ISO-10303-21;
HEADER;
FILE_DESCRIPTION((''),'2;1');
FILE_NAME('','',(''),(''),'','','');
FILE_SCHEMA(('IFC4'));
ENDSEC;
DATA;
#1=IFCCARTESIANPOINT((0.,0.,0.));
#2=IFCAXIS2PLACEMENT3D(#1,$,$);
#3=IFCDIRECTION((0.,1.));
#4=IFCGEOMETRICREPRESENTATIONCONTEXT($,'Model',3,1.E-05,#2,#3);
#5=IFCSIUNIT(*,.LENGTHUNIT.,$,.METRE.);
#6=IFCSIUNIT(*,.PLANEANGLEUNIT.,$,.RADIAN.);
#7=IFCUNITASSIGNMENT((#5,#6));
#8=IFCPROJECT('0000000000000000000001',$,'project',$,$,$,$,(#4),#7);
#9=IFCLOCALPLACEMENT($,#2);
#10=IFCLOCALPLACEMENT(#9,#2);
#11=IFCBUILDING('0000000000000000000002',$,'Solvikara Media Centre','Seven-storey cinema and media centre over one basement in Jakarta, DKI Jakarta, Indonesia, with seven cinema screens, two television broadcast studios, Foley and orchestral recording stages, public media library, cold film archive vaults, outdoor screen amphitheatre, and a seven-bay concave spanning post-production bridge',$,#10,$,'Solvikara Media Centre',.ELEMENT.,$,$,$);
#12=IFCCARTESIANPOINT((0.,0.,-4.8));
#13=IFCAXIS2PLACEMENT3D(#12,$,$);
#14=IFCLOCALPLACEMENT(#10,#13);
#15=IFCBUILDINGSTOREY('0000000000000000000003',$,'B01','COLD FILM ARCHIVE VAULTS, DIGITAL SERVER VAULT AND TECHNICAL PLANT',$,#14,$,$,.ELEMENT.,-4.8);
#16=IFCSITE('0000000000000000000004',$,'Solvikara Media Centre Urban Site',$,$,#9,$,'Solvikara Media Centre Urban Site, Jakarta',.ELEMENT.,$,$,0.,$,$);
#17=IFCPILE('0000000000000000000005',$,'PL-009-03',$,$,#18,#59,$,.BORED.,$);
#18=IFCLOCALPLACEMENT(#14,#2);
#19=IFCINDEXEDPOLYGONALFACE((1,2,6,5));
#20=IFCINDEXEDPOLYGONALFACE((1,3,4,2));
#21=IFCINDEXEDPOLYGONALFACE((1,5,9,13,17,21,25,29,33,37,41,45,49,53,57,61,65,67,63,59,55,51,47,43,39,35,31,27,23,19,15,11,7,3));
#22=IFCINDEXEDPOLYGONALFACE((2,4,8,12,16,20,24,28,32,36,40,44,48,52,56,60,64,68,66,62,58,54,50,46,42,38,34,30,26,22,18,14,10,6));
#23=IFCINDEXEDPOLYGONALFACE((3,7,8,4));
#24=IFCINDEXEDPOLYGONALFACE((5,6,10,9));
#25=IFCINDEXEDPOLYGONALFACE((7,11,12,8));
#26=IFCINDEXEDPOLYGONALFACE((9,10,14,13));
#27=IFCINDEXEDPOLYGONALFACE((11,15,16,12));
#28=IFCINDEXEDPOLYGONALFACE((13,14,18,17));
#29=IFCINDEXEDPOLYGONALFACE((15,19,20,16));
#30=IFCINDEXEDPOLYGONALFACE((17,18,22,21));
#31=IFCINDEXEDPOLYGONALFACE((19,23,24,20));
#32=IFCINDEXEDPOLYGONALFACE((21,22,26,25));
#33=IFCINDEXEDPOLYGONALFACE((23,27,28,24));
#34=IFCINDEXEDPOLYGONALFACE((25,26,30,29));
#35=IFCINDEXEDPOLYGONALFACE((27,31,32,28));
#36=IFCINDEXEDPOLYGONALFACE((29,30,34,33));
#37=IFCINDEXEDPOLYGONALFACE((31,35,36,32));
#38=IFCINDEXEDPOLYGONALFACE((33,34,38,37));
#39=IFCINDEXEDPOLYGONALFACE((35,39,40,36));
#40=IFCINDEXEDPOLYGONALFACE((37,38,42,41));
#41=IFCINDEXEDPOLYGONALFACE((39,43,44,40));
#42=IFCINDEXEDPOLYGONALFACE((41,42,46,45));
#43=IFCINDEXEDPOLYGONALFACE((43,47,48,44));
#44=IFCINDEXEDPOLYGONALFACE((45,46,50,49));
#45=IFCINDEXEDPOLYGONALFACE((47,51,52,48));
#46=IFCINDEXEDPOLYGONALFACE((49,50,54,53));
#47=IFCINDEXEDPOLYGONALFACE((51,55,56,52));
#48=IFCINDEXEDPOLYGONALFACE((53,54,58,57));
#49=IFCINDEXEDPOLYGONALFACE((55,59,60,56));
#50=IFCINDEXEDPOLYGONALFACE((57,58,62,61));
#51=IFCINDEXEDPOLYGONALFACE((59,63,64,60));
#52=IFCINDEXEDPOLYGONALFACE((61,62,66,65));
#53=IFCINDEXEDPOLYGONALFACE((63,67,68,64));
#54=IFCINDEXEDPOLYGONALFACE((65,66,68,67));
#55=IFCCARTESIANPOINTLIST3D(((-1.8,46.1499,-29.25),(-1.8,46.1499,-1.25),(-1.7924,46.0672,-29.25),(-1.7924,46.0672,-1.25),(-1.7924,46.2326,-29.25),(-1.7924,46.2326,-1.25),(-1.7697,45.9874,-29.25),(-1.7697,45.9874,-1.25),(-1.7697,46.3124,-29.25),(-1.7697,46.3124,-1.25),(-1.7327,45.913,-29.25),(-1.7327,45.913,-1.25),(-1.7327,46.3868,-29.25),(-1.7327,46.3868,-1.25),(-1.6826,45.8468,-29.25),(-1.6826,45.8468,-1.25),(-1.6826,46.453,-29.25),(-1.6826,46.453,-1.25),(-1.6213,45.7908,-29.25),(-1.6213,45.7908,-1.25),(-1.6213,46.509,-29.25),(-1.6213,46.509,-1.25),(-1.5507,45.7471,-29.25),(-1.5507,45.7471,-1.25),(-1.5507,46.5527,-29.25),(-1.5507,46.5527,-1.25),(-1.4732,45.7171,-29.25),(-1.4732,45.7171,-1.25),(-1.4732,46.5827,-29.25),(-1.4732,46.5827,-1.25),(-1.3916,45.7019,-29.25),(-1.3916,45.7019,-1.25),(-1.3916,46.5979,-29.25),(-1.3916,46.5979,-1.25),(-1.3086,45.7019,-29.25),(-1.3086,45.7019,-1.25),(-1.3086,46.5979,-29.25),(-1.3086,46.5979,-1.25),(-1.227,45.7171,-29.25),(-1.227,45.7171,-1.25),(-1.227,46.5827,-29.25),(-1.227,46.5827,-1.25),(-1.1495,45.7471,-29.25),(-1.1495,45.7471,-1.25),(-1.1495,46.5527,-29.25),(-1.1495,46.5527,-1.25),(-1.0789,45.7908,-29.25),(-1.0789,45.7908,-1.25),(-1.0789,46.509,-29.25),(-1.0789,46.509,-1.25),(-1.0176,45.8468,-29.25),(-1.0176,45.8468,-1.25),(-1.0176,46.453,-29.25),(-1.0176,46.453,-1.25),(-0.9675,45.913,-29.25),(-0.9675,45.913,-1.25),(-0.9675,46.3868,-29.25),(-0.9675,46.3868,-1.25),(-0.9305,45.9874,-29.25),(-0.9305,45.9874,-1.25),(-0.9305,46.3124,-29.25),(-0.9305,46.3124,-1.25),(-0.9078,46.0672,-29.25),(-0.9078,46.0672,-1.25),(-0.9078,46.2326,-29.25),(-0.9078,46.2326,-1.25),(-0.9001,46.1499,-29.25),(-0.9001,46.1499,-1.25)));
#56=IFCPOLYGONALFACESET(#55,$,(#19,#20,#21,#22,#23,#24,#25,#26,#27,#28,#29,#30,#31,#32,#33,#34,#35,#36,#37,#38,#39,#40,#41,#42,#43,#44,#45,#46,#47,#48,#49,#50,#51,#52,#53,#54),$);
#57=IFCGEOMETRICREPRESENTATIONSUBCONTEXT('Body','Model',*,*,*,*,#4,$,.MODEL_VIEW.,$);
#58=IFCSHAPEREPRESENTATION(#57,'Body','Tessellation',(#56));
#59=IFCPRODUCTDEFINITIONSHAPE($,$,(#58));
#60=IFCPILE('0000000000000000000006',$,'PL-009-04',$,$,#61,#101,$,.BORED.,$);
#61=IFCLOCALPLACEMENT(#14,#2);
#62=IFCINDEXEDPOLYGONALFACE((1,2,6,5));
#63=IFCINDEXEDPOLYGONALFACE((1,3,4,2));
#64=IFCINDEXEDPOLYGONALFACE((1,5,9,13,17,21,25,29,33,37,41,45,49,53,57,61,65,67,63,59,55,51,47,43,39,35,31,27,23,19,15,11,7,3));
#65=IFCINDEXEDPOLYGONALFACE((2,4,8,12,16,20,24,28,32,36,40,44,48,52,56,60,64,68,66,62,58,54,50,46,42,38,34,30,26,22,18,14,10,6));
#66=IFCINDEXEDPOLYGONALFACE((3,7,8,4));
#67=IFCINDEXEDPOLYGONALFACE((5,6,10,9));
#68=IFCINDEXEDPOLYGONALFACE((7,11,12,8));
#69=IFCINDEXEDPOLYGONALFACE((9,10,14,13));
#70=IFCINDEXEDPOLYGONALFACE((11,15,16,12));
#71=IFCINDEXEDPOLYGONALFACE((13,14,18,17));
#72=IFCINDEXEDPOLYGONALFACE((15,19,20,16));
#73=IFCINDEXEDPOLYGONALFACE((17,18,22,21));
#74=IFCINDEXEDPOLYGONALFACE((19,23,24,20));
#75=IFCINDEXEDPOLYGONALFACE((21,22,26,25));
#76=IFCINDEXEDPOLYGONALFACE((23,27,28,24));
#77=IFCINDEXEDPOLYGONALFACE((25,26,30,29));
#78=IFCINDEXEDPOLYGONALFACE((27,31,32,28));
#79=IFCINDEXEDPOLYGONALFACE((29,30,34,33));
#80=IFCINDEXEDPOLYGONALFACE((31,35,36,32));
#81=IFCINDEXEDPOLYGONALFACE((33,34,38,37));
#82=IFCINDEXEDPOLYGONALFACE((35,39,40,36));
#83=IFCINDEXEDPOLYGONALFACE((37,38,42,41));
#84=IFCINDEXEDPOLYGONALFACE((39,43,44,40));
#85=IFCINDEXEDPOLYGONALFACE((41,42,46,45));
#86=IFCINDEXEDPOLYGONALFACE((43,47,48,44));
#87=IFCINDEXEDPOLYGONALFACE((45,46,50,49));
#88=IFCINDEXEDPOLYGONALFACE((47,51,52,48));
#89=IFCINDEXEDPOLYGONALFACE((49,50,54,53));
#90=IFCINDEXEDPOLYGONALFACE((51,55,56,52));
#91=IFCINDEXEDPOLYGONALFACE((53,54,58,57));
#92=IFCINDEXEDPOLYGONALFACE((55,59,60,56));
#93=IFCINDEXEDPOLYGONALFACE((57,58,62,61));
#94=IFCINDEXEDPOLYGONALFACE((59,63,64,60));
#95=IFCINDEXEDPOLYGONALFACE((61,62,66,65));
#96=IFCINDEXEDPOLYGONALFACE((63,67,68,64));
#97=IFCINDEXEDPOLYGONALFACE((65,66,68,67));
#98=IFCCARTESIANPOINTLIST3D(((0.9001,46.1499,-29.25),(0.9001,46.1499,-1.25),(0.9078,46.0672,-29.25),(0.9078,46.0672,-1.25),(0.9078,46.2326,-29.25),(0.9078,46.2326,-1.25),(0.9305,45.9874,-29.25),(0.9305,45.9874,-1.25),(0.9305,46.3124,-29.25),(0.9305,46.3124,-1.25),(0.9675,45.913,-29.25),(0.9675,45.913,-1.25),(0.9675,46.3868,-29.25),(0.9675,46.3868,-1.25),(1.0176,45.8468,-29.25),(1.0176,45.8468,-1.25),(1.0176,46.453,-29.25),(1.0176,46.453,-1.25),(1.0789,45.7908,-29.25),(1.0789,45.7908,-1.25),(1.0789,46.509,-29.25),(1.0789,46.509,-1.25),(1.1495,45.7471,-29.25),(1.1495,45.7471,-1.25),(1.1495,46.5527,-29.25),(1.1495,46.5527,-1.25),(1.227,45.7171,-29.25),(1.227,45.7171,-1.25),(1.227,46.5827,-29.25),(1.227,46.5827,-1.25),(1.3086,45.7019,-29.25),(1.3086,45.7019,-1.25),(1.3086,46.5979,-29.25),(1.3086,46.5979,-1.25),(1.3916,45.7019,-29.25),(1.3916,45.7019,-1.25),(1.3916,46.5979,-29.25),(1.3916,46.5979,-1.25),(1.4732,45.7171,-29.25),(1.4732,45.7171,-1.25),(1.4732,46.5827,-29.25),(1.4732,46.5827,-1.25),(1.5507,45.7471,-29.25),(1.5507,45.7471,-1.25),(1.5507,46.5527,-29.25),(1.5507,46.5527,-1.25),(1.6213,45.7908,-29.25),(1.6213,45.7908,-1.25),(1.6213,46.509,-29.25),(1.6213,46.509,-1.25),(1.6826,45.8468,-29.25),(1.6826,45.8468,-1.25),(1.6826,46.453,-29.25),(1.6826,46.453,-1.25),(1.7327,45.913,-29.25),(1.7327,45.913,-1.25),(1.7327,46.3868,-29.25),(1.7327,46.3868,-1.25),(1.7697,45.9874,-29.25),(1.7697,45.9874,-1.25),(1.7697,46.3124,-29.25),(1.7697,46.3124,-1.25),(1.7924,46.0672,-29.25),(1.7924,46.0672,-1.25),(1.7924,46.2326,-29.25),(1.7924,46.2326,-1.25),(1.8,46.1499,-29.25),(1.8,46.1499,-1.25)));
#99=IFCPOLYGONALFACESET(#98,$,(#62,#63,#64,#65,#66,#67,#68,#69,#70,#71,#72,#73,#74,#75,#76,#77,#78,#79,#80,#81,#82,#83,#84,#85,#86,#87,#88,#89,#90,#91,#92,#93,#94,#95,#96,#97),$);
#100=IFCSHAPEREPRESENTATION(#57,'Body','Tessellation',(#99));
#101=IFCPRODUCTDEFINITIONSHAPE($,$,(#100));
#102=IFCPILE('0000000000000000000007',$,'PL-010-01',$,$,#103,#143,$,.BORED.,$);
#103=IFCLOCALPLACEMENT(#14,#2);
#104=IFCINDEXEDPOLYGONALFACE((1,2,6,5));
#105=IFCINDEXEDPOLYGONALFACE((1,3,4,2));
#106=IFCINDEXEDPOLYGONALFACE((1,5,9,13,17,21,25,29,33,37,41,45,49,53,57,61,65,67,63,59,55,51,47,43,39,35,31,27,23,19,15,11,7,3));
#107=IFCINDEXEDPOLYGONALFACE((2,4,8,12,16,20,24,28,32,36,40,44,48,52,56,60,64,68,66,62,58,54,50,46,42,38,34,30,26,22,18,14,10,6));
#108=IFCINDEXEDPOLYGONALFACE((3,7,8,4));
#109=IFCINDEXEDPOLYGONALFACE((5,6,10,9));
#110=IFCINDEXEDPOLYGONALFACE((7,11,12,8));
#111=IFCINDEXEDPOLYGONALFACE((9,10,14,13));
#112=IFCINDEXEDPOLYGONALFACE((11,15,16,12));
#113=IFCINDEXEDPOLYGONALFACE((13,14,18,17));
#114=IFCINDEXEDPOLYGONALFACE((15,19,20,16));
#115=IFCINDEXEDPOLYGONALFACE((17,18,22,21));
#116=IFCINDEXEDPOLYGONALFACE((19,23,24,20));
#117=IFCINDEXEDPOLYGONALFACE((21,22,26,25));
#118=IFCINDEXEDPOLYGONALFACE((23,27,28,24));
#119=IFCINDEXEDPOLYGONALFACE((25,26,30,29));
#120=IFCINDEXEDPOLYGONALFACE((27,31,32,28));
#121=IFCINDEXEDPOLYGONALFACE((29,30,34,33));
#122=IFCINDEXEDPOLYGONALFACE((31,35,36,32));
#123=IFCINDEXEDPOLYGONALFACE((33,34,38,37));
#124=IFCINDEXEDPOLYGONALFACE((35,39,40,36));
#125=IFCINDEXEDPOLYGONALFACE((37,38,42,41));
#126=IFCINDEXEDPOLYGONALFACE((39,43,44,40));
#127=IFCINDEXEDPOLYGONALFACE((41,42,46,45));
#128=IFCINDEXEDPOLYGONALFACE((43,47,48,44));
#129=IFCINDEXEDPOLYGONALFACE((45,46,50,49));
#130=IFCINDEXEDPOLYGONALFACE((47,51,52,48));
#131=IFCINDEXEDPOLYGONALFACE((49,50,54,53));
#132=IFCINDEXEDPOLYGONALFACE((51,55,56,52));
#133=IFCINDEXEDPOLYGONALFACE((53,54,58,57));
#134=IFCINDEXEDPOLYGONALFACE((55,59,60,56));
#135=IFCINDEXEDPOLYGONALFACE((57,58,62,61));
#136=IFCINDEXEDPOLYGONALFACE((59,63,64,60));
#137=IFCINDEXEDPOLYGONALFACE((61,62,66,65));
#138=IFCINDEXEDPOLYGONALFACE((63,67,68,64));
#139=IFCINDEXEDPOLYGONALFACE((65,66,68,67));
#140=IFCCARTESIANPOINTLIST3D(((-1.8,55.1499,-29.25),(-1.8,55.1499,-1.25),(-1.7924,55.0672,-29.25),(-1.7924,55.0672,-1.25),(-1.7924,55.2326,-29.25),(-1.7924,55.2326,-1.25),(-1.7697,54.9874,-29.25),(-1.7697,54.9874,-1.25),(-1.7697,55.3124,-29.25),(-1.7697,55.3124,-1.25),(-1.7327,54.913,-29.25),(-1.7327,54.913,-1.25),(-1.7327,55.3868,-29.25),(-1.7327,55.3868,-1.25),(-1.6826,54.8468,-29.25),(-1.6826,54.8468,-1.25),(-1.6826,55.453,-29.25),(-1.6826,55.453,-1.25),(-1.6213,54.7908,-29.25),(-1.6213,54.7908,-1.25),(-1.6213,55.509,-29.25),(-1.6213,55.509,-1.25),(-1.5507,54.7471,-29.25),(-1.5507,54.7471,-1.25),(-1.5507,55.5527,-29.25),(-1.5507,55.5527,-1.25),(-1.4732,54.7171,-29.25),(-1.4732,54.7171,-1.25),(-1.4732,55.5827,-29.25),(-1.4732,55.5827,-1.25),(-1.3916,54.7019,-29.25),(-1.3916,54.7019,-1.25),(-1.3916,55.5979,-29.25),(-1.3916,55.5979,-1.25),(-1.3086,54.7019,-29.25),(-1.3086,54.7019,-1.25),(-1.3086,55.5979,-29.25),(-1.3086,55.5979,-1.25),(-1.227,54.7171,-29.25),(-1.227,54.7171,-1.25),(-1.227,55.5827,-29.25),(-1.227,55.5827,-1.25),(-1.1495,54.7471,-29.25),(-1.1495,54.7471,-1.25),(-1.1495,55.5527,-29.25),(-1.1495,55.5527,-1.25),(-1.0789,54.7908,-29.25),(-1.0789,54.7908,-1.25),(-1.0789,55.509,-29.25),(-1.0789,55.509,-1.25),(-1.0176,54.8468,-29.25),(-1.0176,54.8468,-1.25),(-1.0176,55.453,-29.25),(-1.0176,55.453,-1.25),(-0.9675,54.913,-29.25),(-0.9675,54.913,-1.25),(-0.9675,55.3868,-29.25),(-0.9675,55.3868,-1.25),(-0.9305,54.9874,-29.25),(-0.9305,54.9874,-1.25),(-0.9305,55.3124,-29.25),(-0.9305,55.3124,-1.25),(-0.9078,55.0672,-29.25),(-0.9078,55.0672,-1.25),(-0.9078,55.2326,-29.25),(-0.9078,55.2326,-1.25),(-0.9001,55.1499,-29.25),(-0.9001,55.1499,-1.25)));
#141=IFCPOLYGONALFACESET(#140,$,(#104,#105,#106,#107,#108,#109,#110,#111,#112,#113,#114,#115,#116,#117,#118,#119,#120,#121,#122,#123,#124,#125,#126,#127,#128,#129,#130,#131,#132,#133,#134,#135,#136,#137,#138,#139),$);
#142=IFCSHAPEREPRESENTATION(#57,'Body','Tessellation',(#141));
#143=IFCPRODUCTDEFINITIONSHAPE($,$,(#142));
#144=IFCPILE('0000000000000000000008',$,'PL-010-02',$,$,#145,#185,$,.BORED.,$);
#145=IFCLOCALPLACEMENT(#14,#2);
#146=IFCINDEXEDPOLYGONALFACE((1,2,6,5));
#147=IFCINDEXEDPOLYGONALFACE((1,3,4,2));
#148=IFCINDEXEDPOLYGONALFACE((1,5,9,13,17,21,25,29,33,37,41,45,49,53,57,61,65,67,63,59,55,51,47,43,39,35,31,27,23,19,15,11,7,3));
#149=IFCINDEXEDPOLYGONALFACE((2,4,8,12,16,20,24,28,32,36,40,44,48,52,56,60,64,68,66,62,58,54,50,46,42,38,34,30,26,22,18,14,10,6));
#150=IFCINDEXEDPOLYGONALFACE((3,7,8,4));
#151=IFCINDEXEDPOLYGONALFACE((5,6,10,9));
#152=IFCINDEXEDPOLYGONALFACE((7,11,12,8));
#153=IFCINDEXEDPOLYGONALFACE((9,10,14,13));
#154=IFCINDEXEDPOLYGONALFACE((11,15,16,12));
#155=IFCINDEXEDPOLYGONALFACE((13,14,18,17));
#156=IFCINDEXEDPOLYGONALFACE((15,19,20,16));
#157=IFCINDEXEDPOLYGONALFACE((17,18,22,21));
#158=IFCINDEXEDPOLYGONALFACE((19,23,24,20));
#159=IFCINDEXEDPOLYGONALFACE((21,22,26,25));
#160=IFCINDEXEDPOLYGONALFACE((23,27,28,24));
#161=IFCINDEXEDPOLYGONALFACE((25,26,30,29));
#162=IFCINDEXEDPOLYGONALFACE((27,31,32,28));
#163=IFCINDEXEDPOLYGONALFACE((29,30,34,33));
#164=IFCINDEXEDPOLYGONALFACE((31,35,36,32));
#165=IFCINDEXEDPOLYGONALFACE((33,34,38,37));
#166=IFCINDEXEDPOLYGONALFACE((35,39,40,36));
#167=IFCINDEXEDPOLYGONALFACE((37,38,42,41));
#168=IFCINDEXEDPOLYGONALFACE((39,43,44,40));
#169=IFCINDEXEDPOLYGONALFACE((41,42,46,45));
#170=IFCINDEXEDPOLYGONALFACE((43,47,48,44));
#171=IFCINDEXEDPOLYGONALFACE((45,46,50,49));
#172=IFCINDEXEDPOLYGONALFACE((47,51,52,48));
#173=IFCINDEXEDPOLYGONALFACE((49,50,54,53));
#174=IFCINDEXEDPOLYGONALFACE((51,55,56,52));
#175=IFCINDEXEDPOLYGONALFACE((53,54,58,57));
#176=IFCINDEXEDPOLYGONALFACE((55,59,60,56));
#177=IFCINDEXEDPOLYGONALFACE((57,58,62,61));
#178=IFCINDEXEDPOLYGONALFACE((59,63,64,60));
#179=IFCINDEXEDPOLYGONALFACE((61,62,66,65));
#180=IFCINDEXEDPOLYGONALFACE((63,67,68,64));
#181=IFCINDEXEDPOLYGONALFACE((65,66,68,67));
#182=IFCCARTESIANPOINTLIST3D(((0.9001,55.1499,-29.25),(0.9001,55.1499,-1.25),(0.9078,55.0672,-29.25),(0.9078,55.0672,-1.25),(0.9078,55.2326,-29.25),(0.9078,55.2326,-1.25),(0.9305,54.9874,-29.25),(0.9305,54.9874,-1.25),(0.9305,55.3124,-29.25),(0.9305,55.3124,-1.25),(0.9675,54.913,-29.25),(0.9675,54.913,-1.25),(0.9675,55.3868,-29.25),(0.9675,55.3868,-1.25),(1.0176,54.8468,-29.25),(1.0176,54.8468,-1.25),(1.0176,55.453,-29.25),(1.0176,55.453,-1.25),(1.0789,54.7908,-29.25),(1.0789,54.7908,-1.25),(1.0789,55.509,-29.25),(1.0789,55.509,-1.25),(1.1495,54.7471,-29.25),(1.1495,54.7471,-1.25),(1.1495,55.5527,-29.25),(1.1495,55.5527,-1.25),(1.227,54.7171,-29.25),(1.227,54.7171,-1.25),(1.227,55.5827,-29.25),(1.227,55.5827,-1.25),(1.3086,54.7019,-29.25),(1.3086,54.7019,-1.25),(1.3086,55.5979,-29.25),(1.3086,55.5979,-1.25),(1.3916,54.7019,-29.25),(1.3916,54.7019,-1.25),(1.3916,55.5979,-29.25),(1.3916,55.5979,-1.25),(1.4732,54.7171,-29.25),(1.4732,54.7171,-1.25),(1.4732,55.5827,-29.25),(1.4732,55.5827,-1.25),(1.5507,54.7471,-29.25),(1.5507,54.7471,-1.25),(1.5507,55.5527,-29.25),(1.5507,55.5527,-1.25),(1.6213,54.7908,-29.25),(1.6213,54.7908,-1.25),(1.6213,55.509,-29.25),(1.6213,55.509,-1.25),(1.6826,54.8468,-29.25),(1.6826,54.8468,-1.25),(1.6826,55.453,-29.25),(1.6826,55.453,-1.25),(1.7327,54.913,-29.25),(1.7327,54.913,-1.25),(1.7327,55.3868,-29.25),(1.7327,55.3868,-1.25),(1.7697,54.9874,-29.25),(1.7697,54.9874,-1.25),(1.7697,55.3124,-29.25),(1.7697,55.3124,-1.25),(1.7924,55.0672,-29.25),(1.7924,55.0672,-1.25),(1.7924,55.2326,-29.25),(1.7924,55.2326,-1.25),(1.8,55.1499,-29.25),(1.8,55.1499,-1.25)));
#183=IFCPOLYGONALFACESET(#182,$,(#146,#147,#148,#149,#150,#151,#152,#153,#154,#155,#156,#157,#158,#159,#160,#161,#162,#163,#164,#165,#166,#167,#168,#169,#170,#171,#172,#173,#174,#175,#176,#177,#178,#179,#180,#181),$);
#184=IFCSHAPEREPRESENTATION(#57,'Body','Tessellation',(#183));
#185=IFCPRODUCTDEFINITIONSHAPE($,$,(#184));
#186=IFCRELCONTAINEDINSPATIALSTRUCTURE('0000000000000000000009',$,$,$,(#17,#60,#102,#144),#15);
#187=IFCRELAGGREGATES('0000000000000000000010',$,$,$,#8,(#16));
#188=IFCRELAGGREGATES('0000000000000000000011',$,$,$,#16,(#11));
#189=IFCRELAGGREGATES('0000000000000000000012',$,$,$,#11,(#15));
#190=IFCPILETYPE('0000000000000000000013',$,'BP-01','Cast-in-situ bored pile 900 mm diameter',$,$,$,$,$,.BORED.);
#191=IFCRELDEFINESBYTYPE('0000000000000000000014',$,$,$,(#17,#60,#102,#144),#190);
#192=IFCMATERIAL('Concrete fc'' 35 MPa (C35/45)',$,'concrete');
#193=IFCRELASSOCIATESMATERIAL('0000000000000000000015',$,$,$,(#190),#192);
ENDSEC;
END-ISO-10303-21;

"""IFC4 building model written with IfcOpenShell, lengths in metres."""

from ifc_helpers import new_model, si_unit, direction, frame, origin, origin_2d, place, context, subcontext, project, spatial, circle, extrude, material, material_profile, profile_set, type_object, element, save


model = new_model("IFC4")

# Units and contexts
model_context = context("Model", 3, precision=1e-05, world=origin(), true_north=direction((0.0, 1.0)))
body_context = subcontext(model_context, "Body", "Model", "MODEL_VIEW")
ifc_project = project(units=[si_unit("LENGTHUNIT", "METRE"), si_unit("PLANEANGLEUNIT", "RADIAN")], contexts=[model_context])

# Site, building, storey
site_placement = place(None, origin())
site = spatial("IfcSite", under=ifc_project, at=site_placement, Name="Solvikara Media Centre Urban Site", LongName="Solvikara Media Centre Urban Site, Jakarta", CompositionType="ELEMENT", RefElevation=0.0)
building_placement = place(site_placement, origin())
building = spatial("IfcBuilding", under=site, at=building_placement, Name="Solvikara Media Centre", Description="Seven-storey cinema and media centre over one basement in Jakarta, DKI Jakarta, Indonesia, with seven cinema screens, two television broadcast studios, Foley and orchestral recording stages, public media library, cold film archive vaults, outdoor screen amphitheatre, and a seven-bay concave spanning post-production bridge", LongName="Solvikara Media Centre", CompositionType="ELEMENT")
storey_placement = place(building_placement, frame((0.0, 0.0, -4.8)))
storey = spatial("IfcBuildingStorey", under=building, at=storey_placement, Name="B01", Description="COLD FILM ARCHIVE VAULTS, DIGITAL SERVER VAULT AND TECHNICAL PLANT", CompositionType="ELEMENT", Elevation=-4.8)

# Piles
ifc_material_1 = material(Name="Concrete fc' 35 MPa (C35/45)", Category="concrete")
ifc_material_profile_1 = material_profile(ifc_material_1, circle(Radius=0.45, at=origin_2d()), Name="BORED PILE D900")
ifc_profile_set_1 = profile_set([ifc_material_profile_1], Name="Concrete fc' 35 MPa (C35/45)")
pile_type_1 = type_object("IfcPileType", Name="BP-01", Description="Cast-in-situ bored pile 900 mm diameter", PredefinedType="BORED", material=ifc_profile_set_1)
for number, where, z_axis, x_axis, name in (
    (1, (-1.3501, 46.1499, -1.25), (0.0, 0.0, -1.0), (1.0, 0.0, 0.0), "PL-009-03"),
    (2, (1.3501, 46.1499, -1.25), (0.0, 0.0, -1.0), (1.0, 0.0, 0.0), "PL-009-04"),
    (3, (-1.3501, 55.1499, -1.25), (0.0, 0.0, -1.0), (1.0, 0.0, 0.0), "PL-010-01"),
    (4, (1.3501, 55.1499, -1.25), (0.0, 0.0, -1.0), (1.0, 0.0, 0.0), "PL-010-02"),
):
    element("IfcPile", number, at=place(storey_placement, frame(where, z_axis=z_axis, x_axis=x_axis)), inside=storey, type_object=pile_type_1, Name=name, PredefinedType="BORED", context=body_context, shape_type="SweptSolid", body=[
        extrude(circle(Radius=0.45, at=origin_2d()), origin(), (0.0, 0.0, 1.0), 28.0),
    ])

save(model, "model.ifc")
